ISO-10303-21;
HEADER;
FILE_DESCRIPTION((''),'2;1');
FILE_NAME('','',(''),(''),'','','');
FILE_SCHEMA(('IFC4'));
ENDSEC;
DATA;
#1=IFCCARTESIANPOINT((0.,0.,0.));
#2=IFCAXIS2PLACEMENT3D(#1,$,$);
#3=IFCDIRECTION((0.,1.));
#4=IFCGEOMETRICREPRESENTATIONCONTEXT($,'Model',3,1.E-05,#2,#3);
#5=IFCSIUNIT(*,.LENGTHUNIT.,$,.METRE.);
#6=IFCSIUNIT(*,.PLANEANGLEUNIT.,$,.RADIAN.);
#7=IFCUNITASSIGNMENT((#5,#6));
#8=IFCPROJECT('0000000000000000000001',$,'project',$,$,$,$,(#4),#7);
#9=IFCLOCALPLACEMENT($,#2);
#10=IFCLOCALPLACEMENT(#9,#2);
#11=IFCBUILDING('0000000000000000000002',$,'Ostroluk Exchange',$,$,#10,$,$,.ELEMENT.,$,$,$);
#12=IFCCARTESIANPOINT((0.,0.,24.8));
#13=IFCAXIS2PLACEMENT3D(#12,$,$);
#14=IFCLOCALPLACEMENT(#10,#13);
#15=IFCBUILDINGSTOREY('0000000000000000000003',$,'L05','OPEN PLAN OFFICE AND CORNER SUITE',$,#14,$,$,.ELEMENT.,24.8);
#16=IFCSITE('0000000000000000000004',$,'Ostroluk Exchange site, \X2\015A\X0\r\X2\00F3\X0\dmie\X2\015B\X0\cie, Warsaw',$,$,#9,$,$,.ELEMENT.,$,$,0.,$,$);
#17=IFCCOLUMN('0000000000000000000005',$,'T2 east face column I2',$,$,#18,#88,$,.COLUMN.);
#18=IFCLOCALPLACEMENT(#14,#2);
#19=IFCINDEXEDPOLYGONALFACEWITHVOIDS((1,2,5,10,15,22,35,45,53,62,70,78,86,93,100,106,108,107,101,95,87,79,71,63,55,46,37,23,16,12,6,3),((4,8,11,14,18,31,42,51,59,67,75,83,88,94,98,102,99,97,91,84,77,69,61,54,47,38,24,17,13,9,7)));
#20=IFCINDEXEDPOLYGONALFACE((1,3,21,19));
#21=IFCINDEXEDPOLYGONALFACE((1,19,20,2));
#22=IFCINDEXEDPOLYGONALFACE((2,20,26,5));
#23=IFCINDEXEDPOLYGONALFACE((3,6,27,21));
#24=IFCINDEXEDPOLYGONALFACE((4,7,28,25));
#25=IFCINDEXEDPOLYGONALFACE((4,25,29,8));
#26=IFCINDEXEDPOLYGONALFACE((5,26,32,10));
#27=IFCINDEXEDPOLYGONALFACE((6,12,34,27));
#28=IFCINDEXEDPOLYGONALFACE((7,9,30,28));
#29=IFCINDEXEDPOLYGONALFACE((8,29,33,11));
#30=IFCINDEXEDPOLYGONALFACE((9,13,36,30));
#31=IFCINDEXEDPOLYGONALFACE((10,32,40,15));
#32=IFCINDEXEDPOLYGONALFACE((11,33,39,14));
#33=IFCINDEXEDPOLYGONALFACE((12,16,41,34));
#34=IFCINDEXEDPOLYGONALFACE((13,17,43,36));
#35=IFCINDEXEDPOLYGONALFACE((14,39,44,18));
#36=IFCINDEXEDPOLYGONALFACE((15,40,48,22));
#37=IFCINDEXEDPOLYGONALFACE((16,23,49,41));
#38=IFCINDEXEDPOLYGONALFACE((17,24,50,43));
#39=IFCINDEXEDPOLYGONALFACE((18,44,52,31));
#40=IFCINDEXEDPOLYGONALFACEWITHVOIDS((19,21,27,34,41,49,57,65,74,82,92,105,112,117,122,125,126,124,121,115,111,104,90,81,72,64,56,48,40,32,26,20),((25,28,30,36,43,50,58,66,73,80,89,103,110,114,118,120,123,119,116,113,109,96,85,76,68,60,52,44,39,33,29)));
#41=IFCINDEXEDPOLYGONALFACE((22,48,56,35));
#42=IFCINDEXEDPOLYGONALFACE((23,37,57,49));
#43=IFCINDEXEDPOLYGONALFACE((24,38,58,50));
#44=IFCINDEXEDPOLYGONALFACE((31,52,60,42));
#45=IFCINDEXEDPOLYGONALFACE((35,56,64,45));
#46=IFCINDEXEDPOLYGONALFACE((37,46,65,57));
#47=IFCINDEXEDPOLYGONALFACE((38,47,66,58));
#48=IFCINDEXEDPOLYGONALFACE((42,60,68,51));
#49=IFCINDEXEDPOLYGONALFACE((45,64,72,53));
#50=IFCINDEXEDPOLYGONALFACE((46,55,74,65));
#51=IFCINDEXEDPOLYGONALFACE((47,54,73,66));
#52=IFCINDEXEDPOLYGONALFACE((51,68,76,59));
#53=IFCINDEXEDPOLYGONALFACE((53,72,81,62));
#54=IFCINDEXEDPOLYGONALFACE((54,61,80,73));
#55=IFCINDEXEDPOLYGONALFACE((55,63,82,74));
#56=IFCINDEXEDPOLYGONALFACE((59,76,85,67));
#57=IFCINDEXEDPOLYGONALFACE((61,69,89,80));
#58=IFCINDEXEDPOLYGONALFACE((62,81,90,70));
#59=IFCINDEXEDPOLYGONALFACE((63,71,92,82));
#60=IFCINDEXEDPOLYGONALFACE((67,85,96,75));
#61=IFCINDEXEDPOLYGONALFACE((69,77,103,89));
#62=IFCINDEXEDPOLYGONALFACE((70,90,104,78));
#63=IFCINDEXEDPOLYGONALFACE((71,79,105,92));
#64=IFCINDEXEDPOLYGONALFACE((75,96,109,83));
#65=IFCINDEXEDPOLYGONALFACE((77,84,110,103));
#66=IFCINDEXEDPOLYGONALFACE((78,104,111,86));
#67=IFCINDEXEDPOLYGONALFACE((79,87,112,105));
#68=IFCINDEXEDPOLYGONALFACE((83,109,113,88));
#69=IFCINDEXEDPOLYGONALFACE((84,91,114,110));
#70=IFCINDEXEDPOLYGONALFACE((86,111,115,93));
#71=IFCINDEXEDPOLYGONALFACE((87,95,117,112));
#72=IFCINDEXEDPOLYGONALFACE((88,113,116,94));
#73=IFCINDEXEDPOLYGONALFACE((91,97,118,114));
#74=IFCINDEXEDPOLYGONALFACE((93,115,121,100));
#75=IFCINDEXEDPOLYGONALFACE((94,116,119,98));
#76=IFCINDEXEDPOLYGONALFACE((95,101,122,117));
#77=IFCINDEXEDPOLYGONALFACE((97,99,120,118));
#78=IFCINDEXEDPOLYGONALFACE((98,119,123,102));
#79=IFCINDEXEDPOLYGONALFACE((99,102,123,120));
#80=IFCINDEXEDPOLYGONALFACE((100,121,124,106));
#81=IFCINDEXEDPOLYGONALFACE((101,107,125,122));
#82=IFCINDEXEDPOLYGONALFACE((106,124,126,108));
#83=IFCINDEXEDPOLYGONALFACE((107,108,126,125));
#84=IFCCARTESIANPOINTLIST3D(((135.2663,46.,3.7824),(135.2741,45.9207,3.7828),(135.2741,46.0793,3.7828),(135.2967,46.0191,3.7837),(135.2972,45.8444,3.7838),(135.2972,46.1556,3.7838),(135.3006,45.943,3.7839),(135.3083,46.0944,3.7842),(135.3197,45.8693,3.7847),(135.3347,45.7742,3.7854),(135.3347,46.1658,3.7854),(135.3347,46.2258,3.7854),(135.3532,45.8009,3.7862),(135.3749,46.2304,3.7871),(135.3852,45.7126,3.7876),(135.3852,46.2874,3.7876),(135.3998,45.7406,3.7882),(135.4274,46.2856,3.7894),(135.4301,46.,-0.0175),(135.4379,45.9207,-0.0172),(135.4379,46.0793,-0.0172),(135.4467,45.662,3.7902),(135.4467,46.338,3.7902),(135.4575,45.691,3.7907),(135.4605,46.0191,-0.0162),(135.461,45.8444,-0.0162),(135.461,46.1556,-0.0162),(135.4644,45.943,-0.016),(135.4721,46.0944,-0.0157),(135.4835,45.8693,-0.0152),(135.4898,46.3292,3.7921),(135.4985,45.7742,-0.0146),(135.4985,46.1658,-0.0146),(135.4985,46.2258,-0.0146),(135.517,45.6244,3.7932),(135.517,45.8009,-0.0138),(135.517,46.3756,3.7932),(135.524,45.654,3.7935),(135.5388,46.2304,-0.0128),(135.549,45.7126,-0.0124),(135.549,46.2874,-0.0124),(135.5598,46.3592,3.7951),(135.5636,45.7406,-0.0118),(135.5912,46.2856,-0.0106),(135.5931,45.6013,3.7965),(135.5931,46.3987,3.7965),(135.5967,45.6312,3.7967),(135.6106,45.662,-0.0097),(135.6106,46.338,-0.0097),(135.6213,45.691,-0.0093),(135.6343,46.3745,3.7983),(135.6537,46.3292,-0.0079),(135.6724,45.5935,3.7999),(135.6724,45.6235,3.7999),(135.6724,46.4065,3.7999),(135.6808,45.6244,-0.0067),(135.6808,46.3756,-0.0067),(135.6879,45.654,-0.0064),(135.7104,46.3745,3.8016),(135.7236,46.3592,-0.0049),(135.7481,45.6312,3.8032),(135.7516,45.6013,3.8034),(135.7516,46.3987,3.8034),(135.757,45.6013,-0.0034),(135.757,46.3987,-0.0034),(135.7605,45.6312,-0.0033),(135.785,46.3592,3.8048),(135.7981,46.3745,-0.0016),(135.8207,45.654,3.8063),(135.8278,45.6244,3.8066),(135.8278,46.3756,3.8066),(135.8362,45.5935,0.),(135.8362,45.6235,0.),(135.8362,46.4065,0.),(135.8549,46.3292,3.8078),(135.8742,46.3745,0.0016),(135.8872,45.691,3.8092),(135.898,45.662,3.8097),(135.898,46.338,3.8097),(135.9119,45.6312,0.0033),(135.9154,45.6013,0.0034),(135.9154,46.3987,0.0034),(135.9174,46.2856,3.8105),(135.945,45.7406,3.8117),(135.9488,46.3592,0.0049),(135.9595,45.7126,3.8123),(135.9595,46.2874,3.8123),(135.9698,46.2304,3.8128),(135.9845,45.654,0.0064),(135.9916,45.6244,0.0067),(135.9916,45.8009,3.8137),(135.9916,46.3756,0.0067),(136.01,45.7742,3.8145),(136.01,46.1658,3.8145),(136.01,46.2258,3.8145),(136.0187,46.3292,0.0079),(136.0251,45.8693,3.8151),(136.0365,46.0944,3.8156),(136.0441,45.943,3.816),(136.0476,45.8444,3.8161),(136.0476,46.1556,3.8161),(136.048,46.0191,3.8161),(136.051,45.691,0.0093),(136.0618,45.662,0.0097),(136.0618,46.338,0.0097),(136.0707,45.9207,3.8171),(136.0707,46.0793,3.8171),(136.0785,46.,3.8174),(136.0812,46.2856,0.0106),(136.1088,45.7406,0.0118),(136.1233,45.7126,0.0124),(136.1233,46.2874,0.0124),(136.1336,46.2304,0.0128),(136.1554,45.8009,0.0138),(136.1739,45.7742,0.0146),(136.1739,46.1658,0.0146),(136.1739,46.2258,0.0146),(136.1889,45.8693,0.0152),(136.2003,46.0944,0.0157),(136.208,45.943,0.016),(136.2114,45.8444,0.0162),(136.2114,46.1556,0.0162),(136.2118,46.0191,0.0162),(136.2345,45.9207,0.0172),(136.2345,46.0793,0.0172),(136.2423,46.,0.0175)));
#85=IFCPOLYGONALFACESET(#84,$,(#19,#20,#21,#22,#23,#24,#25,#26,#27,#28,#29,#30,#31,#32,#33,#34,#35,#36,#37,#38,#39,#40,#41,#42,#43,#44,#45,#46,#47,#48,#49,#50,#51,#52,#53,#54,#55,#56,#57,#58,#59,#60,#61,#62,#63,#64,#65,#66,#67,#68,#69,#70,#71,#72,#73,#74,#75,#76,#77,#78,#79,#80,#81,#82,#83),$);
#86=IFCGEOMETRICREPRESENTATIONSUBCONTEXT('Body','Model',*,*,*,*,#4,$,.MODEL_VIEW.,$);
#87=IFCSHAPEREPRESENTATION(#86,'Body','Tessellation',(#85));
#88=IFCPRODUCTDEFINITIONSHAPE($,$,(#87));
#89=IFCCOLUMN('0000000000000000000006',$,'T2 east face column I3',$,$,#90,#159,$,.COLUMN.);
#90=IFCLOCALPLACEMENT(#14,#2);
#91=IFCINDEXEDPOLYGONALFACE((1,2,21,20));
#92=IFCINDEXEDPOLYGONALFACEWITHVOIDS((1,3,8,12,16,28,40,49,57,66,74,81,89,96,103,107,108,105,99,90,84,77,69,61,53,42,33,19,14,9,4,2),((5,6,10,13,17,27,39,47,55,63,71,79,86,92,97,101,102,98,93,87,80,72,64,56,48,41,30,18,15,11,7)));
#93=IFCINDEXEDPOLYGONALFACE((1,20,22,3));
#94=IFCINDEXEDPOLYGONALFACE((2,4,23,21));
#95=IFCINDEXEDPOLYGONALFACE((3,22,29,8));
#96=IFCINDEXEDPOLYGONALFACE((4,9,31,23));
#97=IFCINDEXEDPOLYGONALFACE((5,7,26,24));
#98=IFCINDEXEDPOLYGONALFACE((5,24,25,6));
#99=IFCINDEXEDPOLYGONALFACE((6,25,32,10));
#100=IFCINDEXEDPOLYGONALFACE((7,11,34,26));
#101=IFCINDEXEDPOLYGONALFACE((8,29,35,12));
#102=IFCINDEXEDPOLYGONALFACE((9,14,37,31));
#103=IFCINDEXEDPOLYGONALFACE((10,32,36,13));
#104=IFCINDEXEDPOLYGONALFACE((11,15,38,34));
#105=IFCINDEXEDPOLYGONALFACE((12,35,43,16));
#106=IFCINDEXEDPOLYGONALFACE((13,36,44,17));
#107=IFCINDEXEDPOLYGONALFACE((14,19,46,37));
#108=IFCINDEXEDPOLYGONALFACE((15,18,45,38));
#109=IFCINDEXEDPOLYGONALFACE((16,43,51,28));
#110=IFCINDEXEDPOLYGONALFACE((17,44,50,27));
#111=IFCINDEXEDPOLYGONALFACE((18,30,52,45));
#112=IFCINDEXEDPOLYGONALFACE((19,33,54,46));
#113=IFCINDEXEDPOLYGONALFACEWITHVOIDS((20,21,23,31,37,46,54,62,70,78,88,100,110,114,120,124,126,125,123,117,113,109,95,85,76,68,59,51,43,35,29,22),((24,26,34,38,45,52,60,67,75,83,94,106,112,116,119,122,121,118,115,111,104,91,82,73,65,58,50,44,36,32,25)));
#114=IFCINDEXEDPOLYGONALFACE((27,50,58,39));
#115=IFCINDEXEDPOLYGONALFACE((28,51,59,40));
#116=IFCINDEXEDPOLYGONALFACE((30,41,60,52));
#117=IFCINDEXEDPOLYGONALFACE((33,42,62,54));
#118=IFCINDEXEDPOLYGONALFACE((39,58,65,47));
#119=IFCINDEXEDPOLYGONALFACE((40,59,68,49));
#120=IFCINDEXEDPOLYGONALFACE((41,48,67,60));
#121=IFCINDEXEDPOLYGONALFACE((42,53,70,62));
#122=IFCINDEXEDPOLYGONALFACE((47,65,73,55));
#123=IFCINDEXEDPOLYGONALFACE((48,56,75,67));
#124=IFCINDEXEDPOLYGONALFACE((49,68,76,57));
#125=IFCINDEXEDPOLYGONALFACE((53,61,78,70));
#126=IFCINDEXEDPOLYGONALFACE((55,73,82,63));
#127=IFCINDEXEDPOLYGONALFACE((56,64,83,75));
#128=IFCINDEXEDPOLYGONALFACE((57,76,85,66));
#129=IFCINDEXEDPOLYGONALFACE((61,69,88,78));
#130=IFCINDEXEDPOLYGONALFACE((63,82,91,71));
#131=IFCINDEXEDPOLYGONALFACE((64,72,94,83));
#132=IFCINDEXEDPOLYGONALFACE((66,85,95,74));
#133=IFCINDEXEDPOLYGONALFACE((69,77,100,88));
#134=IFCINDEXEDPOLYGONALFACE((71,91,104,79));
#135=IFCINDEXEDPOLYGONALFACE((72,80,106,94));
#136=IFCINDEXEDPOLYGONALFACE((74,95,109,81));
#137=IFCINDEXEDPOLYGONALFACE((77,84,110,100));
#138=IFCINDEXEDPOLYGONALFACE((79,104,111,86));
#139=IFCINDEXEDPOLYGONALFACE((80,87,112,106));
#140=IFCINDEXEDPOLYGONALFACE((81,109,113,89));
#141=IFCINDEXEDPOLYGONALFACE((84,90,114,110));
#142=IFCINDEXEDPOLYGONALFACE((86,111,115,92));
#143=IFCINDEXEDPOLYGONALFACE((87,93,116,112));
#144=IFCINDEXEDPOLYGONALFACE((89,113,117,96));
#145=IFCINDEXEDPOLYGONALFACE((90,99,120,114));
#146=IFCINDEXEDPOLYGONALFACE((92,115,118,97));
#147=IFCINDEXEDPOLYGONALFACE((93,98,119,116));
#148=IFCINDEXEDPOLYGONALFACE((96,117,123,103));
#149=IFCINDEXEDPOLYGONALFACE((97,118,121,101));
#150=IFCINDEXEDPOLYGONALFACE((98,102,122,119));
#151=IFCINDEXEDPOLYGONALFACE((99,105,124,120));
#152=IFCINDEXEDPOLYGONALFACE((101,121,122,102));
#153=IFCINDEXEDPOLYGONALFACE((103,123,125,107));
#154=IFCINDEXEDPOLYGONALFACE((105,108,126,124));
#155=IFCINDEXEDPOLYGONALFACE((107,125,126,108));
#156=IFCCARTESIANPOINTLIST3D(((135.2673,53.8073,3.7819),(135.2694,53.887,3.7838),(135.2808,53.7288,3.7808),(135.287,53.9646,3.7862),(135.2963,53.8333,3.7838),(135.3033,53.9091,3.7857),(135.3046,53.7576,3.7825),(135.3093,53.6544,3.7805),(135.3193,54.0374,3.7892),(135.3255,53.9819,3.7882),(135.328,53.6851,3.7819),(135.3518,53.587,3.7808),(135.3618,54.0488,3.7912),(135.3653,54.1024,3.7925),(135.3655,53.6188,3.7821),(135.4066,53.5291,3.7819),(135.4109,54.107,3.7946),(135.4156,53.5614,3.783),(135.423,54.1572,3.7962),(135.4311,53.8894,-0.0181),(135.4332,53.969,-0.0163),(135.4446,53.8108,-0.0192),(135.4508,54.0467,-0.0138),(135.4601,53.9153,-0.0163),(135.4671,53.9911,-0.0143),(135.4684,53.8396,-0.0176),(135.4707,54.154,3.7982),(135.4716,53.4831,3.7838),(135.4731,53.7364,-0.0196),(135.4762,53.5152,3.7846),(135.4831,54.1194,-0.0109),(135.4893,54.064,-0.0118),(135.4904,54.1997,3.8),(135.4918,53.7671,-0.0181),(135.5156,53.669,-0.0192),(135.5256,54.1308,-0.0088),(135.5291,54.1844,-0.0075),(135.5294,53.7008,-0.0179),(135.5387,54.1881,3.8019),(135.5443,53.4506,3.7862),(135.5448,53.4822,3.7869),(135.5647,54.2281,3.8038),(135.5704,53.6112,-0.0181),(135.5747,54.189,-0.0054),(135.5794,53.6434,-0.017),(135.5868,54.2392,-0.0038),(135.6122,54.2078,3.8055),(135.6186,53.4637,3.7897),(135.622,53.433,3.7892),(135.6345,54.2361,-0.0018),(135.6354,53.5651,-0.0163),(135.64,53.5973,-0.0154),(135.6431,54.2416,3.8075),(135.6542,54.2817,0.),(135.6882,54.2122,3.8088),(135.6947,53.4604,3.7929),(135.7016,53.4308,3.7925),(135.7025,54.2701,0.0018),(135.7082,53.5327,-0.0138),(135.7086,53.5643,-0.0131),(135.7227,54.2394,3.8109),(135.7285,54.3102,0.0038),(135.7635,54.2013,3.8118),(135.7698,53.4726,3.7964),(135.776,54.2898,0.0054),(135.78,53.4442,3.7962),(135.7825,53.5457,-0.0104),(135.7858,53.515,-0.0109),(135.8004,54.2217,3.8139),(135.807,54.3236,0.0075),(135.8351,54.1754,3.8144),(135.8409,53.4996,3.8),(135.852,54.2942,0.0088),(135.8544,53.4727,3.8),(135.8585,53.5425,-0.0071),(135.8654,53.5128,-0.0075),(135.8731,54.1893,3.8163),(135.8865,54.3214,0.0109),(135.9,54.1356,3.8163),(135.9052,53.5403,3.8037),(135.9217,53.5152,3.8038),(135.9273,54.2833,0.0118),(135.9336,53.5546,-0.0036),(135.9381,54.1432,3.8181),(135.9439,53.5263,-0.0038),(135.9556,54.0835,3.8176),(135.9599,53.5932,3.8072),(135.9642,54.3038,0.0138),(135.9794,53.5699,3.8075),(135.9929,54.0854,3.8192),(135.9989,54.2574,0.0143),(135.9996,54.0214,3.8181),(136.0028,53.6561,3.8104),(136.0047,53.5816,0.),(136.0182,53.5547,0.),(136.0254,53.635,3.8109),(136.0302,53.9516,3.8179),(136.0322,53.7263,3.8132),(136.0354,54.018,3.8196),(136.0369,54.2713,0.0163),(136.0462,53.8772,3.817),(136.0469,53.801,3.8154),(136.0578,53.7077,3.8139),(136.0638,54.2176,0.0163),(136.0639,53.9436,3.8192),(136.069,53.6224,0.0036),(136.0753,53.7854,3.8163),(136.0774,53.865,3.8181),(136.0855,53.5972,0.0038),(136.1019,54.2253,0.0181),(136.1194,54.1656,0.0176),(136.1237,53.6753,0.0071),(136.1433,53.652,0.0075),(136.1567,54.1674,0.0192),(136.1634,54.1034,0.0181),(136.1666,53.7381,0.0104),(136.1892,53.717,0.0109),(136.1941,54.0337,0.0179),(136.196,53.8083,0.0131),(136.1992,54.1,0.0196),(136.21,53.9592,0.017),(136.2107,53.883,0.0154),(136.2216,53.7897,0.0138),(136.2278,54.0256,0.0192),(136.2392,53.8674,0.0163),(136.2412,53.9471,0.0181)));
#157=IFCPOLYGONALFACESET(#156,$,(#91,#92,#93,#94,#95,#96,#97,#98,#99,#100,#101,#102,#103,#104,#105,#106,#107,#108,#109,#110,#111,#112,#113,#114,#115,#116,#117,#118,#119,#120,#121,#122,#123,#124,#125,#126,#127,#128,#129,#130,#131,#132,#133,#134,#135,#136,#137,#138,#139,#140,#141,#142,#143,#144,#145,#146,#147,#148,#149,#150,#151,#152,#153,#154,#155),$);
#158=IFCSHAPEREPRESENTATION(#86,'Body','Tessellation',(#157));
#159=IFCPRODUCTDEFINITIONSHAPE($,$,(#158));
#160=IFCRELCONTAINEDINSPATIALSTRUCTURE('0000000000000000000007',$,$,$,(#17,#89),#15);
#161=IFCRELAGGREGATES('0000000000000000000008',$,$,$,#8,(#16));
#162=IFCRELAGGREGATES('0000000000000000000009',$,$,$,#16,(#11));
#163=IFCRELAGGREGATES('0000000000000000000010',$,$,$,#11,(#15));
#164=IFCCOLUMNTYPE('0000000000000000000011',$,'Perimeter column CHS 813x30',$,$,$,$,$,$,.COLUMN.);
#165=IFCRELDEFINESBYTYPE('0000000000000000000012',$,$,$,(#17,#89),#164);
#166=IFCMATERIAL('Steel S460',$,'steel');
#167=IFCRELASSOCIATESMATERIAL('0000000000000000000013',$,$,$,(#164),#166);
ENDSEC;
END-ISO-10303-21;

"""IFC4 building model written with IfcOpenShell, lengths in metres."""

from ifc_helpers import new_model, si_unit, direction, frame, origin, origin_2d, place, context, subcontext, project, spatial, hollow_circle, extrude, material, material_profile, profile_set, type_object, element, save


model = new_model("IFC4")

# Units and contexts
model_context = context("Model", 3, precision=1e-05, world=origin(), true_north=direction((0.0, 1.0)))
body_context = subcontext(model_context, "Body", "Model", "MODEL_VIEW")
ifc_project = project(units=[si_unit("LENGTHUNIT", "METRE"), si_unit("PLANEANGLEUNIT", "RADIAN")], contexts=[model_context])

# Site, building, storey
site_placement = place(None, origin())
site = spatial("IfcSite", under=ifc_project, at=site_placement, Name="Ostroluk Exchange site, Śródmieście, Warsaw", CompositionType="ELEMENT", RefElevation=0.0)
building_placement = place(site_placement, origin())
building = spatial("IfcBuilding", under=site, at=building_placement, Name="Ostroluk Exchange", CompositionType="ELEMENT")
storey_placement = place(building_placement, frame((0.0, 0.0, 24.8)))
storey = spatial("IfcBuildingStorey", under=building, at=storey_placement, Name="L05", Description="OPEN PLAN OFFICE AND CORNER SUITE", CompositionType="ELEMENT", Elevation=24.8)

# Columns
ifc_material_1 = material(Name="Steel S460", Category="steel")
ifc_material_profile_1 = material_profile(ifc_material_1, hollow_circle(Radius=0.4065, WallThickness=0.03, at=origin_2d()), Name="CHS 813x30")
ifc_profile_set_1 = profile_set([ifc_material_profile_1], Name="Steel S460")
column_type = type_object("IfcColumnType", Name="Perimeter column CHS 813x30", PredefinedType="COLUMN", material=ifc_profile_set_1)
column_1_placement = place(storey_placement, frame((135.8362, 46.0, 0.0), z_axis=(-0.04307, 0.0, 0.999072), x_axis=(0.0, -1.0, 0.0)))
element("IfcColumn", 1, at=column_1_placement, inside=storey, type_object=column_type, Name="T2 east face column I2", PredefinedType="COLUMN", context=body_context, shape_type="SweptSolid", body=[
    extrude(hollow_circle(Radius=0.4065, WallThickness=0.03, at=origin_2d()), origin(), (0.0, 0.0, 1.0), 3.8035),
])
column_2_placement = place(storey_placement, frame((135.8362, 53.9182, 0.0), z_axis=(-0.04306, -0.021562, 0.99884), x_axis=(0.447747, -0.894161, 0.0)))
element("IfcColumn", 2, at=column_2_placement, inside=storey, type_object=column_type, Name="T2 east face column I3", PredefinedType="COLUMN", context=body_context, shape_type="SweptSolid", body=[
    extrude(hollow_circle(Radius=0.4065, WallThickness=0.03, at=origin_2d()), origin(), (0.0, 0.0, 1.0), 3.8044),
])

save(model, "model.ifc")
